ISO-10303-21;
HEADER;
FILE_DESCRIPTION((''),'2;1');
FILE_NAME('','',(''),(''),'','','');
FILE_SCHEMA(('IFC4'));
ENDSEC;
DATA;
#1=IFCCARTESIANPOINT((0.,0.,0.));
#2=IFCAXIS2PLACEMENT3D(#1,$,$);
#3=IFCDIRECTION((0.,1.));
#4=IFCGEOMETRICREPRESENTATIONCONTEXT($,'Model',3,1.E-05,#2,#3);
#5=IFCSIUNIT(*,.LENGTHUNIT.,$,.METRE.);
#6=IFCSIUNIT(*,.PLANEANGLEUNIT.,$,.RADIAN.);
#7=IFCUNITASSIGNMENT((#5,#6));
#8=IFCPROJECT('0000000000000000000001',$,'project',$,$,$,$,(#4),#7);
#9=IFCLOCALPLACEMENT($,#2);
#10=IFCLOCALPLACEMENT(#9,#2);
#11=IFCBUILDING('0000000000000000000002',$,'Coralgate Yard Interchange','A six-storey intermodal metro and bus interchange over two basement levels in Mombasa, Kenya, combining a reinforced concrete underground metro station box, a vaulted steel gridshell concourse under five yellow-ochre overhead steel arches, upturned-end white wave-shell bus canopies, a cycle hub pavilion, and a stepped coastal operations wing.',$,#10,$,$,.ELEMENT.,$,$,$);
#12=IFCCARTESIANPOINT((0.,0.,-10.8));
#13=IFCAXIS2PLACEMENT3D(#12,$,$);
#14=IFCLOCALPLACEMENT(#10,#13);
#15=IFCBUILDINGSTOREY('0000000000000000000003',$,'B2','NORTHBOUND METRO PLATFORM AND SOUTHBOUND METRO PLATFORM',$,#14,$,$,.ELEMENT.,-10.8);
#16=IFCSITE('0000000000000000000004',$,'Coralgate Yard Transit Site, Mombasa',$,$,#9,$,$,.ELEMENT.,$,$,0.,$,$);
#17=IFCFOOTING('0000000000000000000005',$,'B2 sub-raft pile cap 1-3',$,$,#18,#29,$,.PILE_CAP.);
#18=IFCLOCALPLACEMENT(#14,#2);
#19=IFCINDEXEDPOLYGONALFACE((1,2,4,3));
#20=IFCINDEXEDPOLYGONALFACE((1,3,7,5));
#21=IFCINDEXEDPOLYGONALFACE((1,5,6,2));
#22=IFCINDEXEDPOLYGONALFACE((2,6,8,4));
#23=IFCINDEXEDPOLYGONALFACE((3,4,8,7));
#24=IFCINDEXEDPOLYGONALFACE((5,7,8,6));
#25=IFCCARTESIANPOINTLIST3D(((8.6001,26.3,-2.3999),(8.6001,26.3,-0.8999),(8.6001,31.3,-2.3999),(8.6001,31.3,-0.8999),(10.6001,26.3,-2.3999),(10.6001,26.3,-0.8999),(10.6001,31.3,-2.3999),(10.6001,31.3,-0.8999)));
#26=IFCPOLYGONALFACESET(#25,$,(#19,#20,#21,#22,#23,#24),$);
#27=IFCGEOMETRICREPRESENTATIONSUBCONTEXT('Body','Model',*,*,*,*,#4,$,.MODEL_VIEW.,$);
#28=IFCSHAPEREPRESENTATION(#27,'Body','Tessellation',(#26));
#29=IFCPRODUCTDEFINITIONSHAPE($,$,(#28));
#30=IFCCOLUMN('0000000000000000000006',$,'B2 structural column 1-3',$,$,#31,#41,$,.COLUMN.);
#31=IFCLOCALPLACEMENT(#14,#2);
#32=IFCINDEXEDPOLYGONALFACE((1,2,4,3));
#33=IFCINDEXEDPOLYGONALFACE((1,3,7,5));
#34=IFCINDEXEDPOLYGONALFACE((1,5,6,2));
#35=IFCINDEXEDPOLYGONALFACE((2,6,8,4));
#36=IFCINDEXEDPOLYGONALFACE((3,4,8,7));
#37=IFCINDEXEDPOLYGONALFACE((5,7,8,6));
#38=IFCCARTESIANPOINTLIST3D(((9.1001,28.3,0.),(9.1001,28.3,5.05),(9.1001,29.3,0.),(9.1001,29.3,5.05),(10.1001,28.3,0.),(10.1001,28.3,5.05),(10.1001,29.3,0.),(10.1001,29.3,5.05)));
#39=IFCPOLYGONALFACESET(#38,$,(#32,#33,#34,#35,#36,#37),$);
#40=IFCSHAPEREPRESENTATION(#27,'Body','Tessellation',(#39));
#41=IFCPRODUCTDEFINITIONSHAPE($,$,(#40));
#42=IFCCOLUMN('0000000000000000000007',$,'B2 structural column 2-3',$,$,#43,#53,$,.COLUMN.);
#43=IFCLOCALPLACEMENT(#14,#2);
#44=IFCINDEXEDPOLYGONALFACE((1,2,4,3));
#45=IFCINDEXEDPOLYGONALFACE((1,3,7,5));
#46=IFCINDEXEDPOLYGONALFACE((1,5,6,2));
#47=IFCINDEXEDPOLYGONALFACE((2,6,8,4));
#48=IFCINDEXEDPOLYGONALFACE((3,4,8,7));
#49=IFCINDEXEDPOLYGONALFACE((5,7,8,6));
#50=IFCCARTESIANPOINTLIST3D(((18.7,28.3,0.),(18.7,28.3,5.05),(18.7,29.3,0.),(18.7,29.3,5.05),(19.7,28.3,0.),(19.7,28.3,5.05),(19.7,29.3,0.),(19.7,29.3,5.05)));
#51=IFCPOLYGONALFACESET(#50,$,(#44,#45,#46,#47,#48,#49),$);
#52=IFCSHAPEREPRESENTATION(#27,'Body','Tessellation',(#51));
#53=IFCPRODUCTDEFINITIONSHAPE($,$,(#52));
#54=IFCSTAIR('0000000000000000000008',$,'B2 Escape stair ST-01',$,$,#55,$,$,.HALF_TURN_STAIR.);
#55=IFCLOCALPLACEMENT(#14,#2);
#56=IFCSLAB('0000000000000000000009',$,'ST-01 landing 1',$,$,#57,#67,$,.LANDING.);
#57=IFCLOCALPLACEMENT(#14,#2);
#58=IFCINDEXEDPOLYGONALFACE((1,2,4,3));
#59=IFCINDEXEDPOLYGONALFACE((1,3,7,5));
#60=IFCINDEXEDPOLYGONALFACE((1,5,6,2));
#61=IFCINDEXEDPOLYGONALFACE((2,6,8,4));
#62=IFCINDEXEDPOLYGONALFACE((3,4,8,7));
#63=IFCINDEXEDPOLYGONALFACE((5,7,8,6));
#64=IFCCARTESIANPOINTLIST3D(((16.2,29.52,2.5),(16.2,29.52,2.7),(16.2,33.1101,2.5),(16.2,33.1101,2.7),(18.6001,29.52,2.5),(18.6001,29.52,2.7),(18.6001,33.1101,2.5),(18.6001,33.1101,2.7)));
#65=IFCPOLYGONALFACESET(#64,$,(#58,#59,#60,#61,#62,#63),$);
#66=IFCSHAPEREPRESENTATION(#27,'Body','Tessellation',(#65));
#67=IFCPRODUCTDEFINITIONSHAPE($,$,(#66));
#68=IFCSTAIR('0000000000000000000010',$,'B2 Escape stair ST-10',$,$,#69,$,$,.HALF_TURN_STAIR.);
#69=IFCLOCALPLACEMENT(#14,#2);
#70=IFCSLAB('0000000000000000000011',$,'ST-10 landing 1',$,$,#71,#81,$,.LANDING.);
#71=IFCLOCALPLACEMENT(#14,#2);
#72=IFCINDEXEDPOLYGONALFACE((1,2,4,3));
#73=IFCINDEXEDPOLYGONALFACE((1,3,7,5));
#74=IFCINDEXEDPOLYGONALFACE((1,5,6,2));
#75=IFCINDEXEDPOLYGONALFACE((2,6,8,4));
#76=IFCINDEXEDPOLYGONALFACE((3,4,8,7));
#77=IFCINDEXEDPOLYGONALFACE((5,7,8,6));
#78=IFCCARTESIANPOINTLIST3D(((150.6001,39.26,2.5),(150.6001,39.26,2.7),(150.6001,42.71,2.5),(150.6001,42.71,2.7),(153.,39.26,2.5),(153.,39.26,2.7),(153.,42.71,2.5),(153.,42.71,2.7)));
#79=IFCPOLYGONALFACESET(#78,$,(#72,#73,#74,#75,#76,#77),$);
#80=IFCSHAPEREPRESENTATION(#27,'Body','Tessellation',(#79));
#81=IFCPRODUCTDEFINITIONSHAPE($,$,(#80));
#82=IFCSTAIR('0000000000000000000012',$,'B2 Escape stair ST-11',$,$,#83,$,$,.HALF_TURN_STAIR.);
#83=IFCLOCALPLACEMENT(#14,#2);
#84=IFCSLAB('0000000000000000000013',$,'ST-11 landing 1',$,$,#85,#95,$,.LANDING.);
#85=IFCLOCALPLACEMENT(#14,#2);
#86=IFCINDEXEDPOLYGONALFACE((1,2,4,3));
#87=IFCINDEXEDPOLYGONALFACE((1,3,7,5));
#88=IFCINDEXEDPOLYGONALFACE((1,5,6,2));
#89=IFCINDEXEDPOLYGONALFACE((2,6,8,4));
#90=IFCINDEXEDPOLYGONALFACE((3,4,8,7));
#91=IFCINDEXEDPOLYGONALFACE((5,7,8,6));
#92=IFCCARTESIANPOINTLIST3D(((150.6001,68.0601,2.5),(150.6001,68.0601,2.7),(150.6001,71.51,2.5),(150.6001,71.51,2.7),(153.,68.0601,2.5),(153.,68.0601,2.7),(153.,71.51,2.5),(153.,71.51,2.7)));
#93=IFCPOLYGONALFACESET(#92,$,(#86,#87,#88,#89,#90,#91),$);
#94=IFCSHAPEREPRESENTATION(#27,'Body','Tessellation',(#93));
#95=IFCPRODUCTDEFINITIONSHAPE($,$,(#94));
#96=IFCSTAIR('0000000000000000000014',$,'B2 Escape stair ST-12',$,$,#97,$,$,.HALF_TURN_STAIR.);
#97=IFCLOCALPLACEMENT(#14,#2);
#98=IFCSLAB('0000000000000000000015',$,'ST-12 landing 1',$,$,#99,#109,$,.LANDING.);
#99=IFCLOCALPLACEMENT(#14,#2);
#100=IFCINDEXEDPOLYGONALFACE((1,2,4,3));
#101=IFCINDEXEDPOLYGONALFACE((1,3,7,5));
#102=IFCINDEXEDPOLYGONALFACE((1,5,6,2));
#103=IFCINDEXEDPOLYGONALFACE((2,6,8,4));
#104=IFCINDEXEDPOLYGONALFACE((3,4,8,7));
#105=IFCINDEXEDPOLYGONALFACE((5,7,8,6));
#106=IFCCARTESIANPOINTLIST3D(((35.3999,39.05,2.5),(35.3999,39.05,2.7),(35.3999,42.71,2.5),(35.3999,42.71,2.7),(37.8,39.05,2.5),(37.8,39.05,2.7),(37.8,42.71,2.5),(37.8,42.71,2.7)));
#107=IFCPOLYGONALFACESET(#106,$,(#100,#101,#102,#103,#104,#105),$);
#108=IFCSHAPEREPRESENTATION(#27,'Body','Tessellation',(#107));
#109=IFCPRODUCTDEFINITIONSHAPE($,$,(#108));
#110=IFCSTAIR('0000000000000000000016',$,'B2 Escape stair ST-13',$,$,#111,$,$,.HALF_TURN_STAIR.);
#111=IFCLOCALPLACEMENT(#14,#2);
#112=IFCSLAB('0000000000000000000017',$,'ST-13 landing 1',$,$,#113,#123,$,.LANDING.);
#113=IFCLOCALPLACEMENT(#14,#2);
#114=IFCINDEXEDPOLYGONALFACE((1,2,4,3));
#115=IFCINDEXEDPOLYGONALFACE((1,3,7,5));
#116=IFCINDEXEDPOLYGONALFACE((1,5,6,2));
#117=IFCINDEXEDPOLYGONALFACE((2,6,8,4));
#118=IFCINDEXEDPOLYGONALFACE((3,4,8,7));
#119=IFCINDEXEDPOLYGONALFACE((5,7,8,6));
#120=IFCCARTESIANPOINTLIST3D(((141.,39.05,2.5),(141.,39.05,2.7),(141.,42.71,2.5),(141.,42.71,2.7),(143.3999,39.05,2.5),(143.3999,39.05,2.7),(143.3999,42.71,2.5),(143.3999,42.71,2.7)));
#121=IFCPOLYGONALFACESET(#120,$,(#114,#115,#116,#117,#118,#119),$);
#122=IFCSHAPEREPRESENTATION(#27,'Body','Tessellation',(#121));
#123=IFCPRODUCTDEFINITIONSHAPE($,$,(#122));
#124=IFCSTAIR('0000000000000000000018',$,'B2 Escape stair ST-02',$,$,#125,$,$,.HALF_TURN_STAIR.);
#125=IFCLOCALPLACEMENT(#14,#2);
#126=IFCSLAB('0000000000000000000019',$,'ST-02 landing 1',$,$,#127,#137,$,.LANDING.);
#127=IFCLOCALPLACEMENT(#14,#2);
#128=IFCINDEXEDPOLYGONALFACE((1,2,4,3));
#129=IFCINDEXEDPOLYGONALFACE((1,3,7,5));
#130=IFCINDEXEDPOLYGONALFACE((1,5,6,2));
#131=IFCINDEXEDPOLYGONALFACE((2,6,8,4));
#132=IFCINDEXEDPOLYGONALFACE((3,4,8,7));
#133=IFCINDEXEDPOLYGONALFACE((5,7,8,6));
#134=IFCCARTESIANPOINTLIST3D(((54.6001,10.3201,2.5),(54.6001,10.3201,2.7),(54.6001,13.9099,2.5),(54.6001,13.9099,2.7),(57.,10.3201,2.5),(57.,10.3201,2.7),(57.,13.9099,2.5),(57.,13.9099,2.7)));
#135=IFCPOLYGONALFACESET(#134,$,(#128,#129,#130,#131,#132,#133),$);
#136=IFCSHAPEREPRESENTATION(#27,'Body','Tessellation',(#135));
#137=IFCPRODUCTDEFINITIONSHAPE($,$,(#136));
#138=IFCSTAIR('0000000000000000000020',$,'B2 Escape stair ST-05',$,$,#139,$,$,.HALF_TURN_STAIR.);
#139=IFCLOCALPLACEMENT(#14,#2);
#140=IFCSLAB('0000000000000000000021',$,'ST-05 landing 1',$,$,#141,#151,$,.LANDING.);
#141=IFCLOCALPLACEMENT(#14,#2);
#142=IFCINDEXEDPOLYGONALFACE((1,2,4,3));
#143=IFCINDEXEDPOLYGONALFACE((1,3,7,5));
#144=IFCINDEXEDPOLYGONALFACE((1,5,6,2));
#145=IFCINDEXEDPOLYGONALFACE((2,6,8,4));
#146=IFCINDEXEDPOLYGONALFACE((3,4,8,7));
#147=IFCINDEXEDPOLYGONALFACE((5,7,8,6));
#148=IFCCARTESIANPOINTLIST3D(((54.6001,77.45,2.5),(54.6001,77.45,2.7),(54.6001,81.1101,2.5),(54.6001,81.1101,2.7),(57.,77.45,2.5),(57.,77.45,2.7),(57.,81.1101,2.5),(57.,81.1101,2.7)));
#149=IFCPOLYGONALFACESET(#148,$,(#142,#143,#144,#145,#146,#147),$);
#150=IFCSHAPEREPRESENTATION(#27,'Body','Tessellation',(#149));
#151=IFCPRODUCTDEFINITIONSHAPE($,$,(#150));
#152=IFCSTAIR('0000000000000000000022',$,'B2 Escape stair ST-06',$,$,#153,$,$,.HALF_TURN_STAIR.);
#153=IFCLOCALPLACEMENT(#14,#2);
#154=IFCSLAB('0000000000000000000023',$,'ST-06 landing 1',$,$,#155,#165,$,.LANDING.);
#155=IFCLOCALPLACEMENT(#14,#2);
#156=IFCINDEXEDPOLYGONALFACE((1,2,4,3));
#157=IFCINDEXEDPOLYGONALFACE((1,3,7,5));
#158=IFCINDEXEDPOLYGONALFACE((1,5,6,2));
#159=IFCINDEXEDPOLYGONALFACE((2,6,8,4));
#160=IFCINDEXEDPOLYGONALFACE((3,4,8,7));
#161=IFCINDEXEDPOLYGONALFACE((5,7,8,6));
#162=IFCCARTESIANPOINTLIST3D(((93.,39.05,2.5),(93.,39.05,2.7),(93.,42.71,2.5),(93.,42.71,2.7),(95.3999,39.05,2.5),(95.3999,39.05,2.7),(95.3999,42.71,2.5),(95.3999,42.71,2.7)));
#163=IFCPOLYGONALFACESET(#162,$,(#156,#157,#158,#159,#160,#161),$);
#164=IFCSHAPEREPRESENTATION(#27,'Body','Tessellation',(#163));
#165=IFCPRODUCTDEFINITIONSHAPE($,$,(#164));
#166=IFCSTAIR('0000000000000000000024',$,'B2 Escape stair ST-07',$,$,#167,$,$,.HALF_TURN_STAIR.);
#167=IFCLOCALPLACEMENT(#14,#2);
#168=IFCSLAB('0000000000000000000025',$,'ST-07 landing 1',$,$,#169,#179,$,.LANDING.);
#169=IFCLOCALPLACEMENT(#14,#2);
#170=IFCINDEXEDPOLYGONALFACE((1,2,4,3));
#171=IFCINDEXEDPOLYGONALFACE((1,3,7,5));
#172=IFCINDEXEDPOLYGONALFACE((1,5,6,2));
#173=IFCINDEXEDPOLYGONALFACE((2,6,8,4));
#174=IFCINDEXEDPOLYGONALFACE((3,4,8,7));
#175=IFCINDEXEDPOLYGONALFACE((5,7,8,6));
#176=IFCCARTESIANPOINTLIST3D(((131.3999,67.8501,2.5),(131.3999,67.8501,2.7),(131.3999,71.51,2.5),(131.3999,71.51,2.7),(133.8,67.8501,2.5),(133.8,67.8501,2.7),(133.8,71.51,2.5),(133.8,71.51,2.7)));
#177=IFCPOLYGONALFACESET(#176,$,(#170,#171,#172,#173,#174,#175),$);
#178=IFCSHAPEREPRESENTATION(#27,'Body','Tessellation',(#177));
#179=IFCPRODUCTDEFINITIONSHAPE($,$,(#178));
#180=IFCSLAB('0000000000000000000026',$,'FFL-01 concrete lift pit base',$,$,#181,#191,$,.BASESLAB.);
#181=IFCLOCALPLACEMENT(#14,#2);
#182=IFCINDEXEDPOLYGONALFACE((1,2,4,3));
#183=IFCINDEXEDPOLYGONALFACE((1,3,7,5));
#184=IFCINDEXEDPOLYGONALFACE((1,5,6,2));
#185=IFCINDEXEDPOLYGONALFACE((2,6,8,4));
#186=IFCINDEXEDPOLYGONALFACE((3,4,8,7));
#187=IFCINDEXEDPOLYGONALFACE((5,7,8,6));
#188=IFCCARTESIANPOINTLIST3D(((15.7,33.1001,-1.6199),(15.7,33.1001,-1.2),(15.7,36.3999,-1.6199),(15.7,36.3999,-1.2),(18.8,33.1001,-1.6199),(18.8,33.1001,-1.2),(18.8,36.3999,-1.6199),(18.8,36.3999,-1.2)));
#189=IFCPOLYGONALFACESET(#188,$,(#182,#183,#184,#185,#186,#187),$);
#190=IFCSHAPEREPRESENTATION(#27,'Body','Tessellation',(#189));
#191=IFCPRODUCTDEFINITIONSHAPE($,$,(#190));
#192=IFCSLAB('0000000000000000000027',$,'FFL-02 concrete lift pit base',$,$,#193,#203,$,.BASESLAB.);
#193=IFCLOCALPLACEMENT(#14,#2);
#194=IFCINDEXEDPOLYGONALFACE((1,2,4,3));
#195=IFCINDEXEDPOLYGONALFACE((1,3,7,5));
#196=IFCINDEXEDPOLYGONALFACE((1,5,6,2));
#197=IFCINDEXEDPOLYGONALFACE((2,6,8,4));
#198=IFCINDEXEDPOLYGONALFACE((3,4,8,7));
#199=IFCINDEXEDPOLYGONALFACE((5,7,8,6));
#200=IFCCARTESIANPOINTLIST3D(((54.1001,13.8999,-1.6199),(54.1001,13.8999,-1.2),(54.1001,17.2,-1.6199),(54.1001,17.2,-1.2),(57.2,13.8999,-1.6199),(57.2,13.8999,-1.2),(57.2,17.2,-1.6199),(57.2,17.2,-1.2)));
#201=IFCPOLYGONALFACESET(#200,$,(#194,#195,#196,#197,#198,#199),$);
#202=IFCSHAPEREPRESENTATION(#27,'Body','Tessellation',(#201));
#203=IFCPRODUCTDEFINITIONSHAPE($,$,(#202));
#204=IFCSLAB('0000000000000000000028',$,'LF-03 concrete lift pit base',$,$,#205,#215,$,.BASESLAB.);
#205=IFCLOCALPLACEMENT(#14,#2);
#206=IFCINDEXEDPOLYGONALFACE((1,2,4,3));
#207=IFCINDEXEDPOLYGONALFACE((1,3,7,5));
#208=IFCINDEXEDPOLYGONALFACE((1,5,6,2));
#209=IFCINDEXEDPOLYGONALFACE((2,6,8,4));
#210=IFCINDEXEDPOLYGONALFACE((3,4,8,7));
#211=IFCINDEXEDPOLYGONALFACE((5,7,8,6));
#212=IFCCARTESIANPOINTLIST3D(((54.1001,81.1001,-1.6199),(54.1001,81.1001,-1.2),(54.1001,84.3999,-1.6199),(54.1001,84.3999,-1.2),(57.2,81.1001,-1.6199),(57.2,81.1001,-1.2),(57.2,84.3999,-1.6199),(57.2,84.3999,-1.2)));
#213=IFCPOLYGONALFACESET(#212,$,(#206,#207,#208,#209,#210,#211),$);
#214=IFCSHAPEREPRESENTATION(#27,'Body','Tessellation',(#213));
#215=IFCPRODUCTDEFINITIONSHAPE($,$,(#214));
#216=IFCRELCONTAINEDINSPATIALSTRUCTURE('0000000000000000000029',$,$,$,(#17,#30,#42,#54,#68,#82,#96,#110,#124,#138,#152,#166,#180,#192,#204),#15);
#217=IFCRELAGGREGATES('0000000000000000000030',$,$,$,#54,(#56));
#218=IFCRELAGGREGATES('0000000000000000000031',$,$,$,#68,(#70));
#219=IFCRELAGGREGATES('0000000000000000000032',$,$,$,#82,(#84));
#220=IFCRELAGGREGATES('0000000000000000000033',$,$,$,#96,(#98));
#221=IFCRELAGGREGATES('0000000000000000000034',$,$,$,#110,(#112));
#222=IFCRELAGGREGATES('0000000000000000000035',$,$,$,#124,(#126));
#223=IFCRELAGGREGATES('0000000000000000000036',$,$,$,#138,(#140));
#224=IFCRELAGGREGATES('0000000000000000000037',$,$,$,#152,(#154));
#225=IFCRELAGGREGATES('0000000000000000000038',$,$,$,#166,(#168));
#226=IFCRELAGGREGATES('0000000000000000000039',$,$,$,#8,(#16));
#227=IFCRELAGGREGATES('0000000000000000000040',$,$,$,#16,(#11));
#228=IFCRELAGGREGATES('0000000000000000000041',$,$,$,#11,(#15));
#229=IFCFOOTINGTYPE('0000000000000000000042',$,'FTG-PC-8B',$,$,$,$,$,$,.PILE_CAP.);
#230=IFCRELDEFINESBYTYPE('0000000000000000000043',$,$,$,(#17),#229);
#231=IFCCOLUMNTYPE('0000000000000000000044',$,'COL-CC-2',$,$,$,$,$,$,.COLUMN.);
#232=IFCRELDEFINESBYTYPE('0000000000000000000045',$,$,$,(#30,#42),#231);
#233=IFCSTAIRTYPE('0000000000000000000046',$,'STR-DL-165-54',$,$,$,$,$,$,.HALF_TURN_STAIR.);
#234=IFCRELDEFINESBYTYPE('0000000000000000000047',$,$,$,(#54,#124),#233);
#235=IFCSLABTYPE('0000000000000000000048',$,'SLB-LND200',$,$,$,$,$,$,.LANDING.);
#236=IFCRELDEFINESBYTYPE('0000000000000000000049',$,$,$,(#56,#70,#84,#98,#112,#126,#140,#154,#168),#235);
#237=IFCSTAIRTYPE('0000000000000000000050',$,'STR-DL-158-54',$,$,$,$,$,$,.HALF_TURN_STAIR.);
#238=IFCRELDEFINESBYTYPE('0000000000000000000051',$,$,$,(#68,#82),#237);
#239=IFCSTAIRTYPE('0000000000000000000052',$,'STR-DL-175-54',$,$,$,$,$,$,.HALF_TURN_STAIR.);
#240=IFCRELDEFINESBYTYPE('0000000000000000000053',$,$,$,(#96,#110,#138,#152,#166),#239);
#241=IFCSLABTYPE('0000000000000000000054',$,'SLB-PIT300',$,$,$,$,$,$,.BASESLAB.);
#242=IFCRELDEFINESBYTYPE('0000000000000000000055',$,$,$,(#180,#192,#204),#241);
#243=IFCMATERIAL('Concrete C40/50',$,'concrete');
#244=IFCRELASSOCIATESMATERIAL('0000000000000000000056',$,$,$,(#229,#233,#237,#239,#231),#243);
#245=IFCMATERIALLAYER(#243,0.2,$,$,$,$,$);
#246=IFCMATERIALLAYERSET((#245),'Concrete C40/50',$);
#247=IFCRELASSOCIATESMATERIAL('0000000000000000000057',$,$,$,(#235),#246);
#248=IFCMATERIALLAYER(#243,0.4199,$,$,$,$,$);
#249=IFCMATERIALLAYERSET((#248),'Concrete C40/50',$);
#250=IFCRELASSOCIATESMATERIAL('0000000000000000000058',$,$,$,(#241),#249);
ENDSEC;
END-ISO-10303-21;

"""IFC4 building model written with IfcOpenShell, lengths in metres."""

from ifc_helpers import new_model, si_unit, direction, frame, origin, origin_2d, place, context, subcontext, project, spatial, polyline, rectangle, outline, extrude, material, layer, layer_set, material_profile, profile_set, type_object, element, aggregate, save


model = new_model("IFC4")

# Units and contexts
model_context = context("Model", 3, precision=1e-05, world=origin(), true_north=direction((0.0, 1.0)))
body_context = subcontext(model_context, "Body", "Model", "MODEL_VIEW")
ifc_project = project(units=[si_unit("LENGTHUNIT", "METRE"), si_unit("PLANEANGLEUNIT", "RADIAN")], contexts=[model_context])

# Site, building, storey
site_placement = place(None, origin())
site = spatial("IfcSite", under=ifc_project, at=site_placement, Name="Coralgate Yard Transit Site, Mombasa", CompositionType="ELEMENT", RefElevation=0.0)
building_placement = place(site_placement, origin())
building = spatial("IfcBuilding", under=site, at=building_placement, Name="Coralgate Yard Interchange", Description="A six-storey intermodal metro and bus interchange over two basement levels in Mombasa, Kenya, combining a reinforced concrete underground metro station box, a vaulted steel gridshell concourse under five yellow-ochre overhead steel arches, upturned-end white wave-shell bus canopies, a cycle hub pavilion, and a stepped coastal operations wing.", CompositionType="ELEMENT")
storey_placement = place(building_placement, frame((0.0, 0.0, -10.8)))
storey = spatial("IfcBuildingStorey", under=building, at=storey_placement, Name="B2", Description="NORTHBOUND METRO PLATFORM AND SOUTHBOUND METRO PLATFORM", CompositionType="ELEMENT", Elevation=-10.8)

# Footing
ifc_material = material(Name="Concrete C40/50", Category="concrete")
footing_type = type_object("IfcFootingType", Name="FTG-PC-8B", PredefinedType="PILE_CAP", material=ifc_material)
footing_placement = place(storey_placement, frame((9.6001, 28.8, -2.3999), z_axis=(0.0, 0.0, 1.0), x_axis=(1.0, 0.0, 0.0)))
element("IfcFooting", 1, at=footing_placement, inside=storey, type_object=footing_type, Name="B2 sub-raft pile cap 1-3", PredefinedType="PILE_CAP", context=body_context, shape_type="SweptSolid", body=[
    extrude(rectangle(XDim=2.0, YDim=5.0, at=origin_2d()), origin(), (0.0, 0.0, 1.0), 1.5),
])

# Columns
ifc_material_profile = material_profile(ifc_material, rectangle(XDim=1.0, YDim=1.0, at=origin_2d()), Name="RC 1000x1000")
ifc_profile_set = profile_set([ifc_material_profile], Name="Concrete C40/50")
column_type = type_object("IfcColumnType", Name="COL-CC-2", PredefinedType="COLUMN", material=ifc_profile_set)
for number, where, z_axis, x_axis, name in (
    (2, (9.6001, 28.8, 0.0), (0.0, 0.0, 1.0), (1.0, 0.0, 0.0), "B2 structural column 1-3"),
    (3, (19.2, 28.8, 0.0), (0.0, 0.0, 1.0), (1.0, 0.0, 0.0), "B2 structural column 2-3"),
):
    element("IfcColumn", number, at=place(storey_placement, frame(where, z_axis=z_axis, x_axis=x_axis)), inside=storey, type_object=column_type, Name=name, PredefinedType="COLUMN", context=body_context, shape_type="SweptSolid", body=[
        extrude(rectangle(XDim=1.0, YDim=1.0, at=origin_2d()), origin(), (0.0, 0.0, 1.0), 5.05),
    ])

# Stairs, slabs
stair_type_1 = type_object("IfcStairType", Name="STR-DL-165-54", PredefinedType="HALF_TURN_STAIR", material=ifc_material)
stair_1_placement = place(storey_placement, origin())
stair_1 = element("IfcStair", 4, at=stair_1_placement, inside=storey, type_object=stair_type_1, Name="B2 Escape stair ST-01", PredefinedType="HALF_TURN_STAIR")
ifc_layer_1 = layer(ifc_material, 0.2)
ifc_layer_set_1 = layer_set([ifc_layer_1], Name="Concrete C40/50")
slab_type_1 = type_object("IfcSlabType", Name="SLB-LND200", PredefinedType="LANDING", material=ifc_layer_set_1)
slab_1_placement = place(storey_placement, frame((0.0, 0.0, 2.5)))
slab_1 = element("IfcSlab", 5, at=slab_1_placement, type_object=slab_type_1, Name="ST-01 landing 1", PredefinedType="LANDING", context=body_context, shape_type="SweptSolid", body=[
    extrude(outline(polyline([(16.2, 29.52), (18.6001, 29.52), (18.6001, 33.1101), (16.2, 33.1101), (16.2, 29.52)])), origin(), (0.0, 0.0, 1.0), 0.2),
])
aggregate(stair_1, [slab_1])
stair_type_2 = type_object("IfcStairType", Name="STR-DL-158-54", PredefinedType="HALF_TURN_STAIR", material=ifc_material)
stair_2_placement = place(storey_placement, origin())
stair_2 = element("IfcStair", 6, at=stair_2_placement, inside=storey, type_object=stair_type_2, Name="B2 Escape stair ST-10", PredefinedType="HALF_TURN_STAIR")
slab_2_placement = place(storey_placement, frame((0.0, 0.0, 2.5)))
slab_2 = element("IfcSlab", 7, at=slab_2_placement, type_object=slab_type_1, Name="ST-10 landing 1", PredefinedType="LANDING", context=body_context, shape_type="SweptSolid", body=[
    extrude(outline(polyline([(150.6001, 39.26), (153.0, 39.26), (153.0, 42.71), (150.6001, 42.71), (150.6001, 39.26)])), origin(), (0.0, 0.0, 1.0), 0.2),
])
aggregate(stair_2, [slab_2])
stair_3_placement = place(storey_placement, origin())
stair_3 = element("IfcStair", 8, at=stair_3_placement, inside=storey, type_object=stair_type_2, Name="B2 Escape stair ST-11", PredefinedType="HALF_TURN_STAIR")
slab_3_placement = place(storey_placement, frame((0.0, 0.0, 2.5)))
slab_3 = element("IfcSlab", 9, at=slab_3_placement, type_object=slab_type_1, Name="ST-11 landing 1", PredefinedType="LANDING", context=body_context, shape_type="SweptSolid", body=[
    extrude(outline(polyline([(150.6001, 68.0601), (153.0, 68.0601), (153.0, 71.51), (150.6001, 71.51), (150.6001, 68.0601)])), origin(), (0.0, 0.0, 1.0), 0.2),
])
aggregate(stair_3, [slab_3])
stair_type_3 = type_object("IfcStairType", Name="STR-DL-175-54", PredefinedType="HALF_TURN_STAIR", material=ifc_material)
stair_4_placement = place(storey_placement, origin())
stair_4 = element("IfcStair", 10, at=stair_4_placement, inside=storey, type_object=stair_type_3, Name="B2 Escape stair ST-12", PredefinedType="HALF_TURN_STAIR")
slab_4_placement = place(storey_placement, frame((0.0, 0.0, 2.5)))
slab_4 = element("IfcSlab", 11, at=slab_4_placement, type_object=slab_type_1, Name="ST-12 landing 1", PredefinedType="LANDING", context=body_context, shape_type="SweptSolid", body=[
    extrude(outline(polyline([(35.3999, 39.05), (37.8, 39.05), (37.8, 42.71), (35.3999, 42.71), (35.3999, 39.05)])), origin(), (0.0, 0.0, 1.0), 0.2),
])
aggregate(stair_4, [slab_4])
stair_5_placement = place(storey_placement, origin())
stair_5 = element("IfcStair", 12, at=stair_5_placement, inside=storey, type_object=stair_type_3, Name="B2 Escape stair ST-13", PredefinedType="HALF_TURN_STAIR")
slab_5_placement = place(storey_placement, frame((0.0, 0.0, 2.5)))
slab_5 = element("IfcSlab", 13, at=slab_5_placement, type_object=slab_type_1, Name="ST-13 landing 1", PredefinedType="LANDING", context=body_context, shape_type="SweptSolid", body=[
    extrude(outline(polyline([(141.0, 39.05), (143.3999, 39.05), (143.3999, 42.71), (141.0, 42.71), (141.0, 39.05)])), origin(), (0.0, 0.0, 1.0), 0.2),
])
aggregate(stair_5, [slab_5])
stair_6_placement = place(storey_placement, origin())
stair_6 = element("IfcStair", 14, at=stair_6_placement, inside=storey, type_object=stair_type_1, Name="B2 Escape stair ST-02", PredefinedType="HALF_TURN_STAIR")
slab_6_placement = place(storey_placement, frame((0.0, 0.0, 2.5)))
slab_6 = element("IfcSlab", 15, at=slab_6_placement, type_object=slab_type_1, Name="ST-02 landing 1", PredefinedType="LANDING", context=body_context, shape_type="SweptSolid", body=[
    extrude(outline(polyline([(54.6001, 10.3201), (57.0, 10.3201), (57.0, 13.9099), (54.6001, 13.9099), (54.6001, 10.3201)])), origin(), (0.0, 0.0, 1.0), 0.2),
])
aggregate(stair_6, [slab_6])
stair_7_placement = place(storey_placement, origin())
stair_7 = element("IfcStair", 16, at=stair_7_placement, inside=storey, type_object=stair_type_3, Name="B2 Escape stair ST-05", PredefinedType="HALF_TURN_STAIR")
slab_7_placement = place(storey_placement, frame((0.0, 0.0, 2.5)))
slab_7 = element("IfcSlab", 17, at=slab_7_placement, type_object=slab_type_1, Name="ST-05 landing 1", PredefinedType="LANDING", context=body_context, shape_type="SweptSolid", body=[
    extrude(outline(polyline([(54.6001, 77.45), (57.0, 77.45), (57.0, 81.1101), (54.6001, 81.1101), (54.6001, 77.45)])), origin(), (0.0, 0.0, 1.0), 0.2),
])
aggregate(stair_7, [slab_7])
stair_8_placement = place(storey_placement, origin())
stair_8 = element("IfcStair", 18, at=stair_8_placement, inside=storey, type_object=stair_type_3, Name="B2 Escape stair ST-06", PredefinedType="HALF_TURN_STAIR")
slab_8_placement = place(storey_placement, frame((0.0, 0.0, 2.5)))
slab_8 = element("IfcSlab", 19, at=slab_8_placement, type_object=slab_type_1, Name="ST-06 landing 1", PredefinedType="LANDING", context=body_context, shape_type="SweptSolid", body=[
    extrude(outline(polyline([(93.0, 39.05), (95.3999, 39.05), (95.3999, 42.71), (93.0, 42.71), (93.0, 39.05)])), origin(), (0.0, 0.0, 1.0), 0.2),
])
aggregate(stair_8, [slab_8])
stair_9_placement = place(storey_placement, origin())
stair_9 = element("IfcStair", 20, at=stair_9_placement, inside=storey, type_object=stair_type_3, Name="B2 Escape stair ST-07", PredefinedType="HALF_TURN_STAIR")
slab_9_placement = place(storey_placement, frame((0.0, 0.0, 2.5)))
slab_9 = element("IfcSlab", 21, at=slab_9_placement, type_object=slab_type_1, Name="ST-07 landing 1", PredefinedType="LANDING", context=body_context, shape_type="SweptSolid", body=[
    extrude(outline(polyline([(131.3999, 67.8501), (133.8, 67.8501), (133.8, 71.51), (131.3999, 71.51), (131.3999, 67.8501)])), origin(), (0.0, 0.0, 1.0), 0.2),
])
aggregate(stair_9, [slab_9])

# Slabs
ifc_layer_2 = layer(ifc_material, 0.4199)
ifc_layer_set_2 = layer_set([ifc_layer_2], Name="Concrete C40/50")
slab_type_2 = type_object("IfcSlabType", Name="SLB-PIT300", PredefinedType="BASESLAB", material=ifc_layer_set_2)
slab_10_placement = place(storey_placement, frame((0.0, 0.0, -1.6199)))
element("IfcSlab", 22, at=slab_10_placement, inside=storey, type_object=slab_type_2, Name="FFL-01 concrete lift pit base", PredefinedType="BASESLAB", context=body_context, shape_type="SweptSolid", body=[
    extrude(outline(polyline([(15.7, 33.1001), (18.8, 33.1001), (18.8, 36.3999), (15.7, 36.3999), (15.7, 33.1001)])), origin(), (0.0, 0.0, 1.0), 0.4199),
])
slab_11_placement = place(storey_placement, frame((0.0, 0.0, -1.6199)))
element("IfcSlab", 23, at=slab_11_placement, inside=storey, type_object=slab_type_2, Name="FFL-02 concrete lift pit base", PredefinedType="BASESLAB", context=body_context, shape_type="SweptSolid", body=[
    extrude(outline(polyline([(54.1001, 13.8999), (57.2, 13.8999), (57.2, 17.2), (54.1001, 17.2), (54.1001, 13.8999)])), origin(), (0.0, 0.0, 1.0), 0.4199),
])
slab_12_placement = place(storey_placement, frame((0.0, 0.0, -1.6199)))
element("IfcSlab", 24, at=slab_12_placement, inside=storey, type_object=slab_type_2, Name="LF-03 concrete lift pit base", PredefinedType="BASESLAB", context=body_context, shape_type="SweptSolid", body=[
    extrude(outline(polyline([(54.1001, 81.1001), (57.2, 81.1001), (57.2, 84.3999), (54.1001, 84.3999), (54.1001, 81.1001)])), origin(), (0.0, 0.0, 1.0), 0.4199),
])

save(model, "model.ifc")
